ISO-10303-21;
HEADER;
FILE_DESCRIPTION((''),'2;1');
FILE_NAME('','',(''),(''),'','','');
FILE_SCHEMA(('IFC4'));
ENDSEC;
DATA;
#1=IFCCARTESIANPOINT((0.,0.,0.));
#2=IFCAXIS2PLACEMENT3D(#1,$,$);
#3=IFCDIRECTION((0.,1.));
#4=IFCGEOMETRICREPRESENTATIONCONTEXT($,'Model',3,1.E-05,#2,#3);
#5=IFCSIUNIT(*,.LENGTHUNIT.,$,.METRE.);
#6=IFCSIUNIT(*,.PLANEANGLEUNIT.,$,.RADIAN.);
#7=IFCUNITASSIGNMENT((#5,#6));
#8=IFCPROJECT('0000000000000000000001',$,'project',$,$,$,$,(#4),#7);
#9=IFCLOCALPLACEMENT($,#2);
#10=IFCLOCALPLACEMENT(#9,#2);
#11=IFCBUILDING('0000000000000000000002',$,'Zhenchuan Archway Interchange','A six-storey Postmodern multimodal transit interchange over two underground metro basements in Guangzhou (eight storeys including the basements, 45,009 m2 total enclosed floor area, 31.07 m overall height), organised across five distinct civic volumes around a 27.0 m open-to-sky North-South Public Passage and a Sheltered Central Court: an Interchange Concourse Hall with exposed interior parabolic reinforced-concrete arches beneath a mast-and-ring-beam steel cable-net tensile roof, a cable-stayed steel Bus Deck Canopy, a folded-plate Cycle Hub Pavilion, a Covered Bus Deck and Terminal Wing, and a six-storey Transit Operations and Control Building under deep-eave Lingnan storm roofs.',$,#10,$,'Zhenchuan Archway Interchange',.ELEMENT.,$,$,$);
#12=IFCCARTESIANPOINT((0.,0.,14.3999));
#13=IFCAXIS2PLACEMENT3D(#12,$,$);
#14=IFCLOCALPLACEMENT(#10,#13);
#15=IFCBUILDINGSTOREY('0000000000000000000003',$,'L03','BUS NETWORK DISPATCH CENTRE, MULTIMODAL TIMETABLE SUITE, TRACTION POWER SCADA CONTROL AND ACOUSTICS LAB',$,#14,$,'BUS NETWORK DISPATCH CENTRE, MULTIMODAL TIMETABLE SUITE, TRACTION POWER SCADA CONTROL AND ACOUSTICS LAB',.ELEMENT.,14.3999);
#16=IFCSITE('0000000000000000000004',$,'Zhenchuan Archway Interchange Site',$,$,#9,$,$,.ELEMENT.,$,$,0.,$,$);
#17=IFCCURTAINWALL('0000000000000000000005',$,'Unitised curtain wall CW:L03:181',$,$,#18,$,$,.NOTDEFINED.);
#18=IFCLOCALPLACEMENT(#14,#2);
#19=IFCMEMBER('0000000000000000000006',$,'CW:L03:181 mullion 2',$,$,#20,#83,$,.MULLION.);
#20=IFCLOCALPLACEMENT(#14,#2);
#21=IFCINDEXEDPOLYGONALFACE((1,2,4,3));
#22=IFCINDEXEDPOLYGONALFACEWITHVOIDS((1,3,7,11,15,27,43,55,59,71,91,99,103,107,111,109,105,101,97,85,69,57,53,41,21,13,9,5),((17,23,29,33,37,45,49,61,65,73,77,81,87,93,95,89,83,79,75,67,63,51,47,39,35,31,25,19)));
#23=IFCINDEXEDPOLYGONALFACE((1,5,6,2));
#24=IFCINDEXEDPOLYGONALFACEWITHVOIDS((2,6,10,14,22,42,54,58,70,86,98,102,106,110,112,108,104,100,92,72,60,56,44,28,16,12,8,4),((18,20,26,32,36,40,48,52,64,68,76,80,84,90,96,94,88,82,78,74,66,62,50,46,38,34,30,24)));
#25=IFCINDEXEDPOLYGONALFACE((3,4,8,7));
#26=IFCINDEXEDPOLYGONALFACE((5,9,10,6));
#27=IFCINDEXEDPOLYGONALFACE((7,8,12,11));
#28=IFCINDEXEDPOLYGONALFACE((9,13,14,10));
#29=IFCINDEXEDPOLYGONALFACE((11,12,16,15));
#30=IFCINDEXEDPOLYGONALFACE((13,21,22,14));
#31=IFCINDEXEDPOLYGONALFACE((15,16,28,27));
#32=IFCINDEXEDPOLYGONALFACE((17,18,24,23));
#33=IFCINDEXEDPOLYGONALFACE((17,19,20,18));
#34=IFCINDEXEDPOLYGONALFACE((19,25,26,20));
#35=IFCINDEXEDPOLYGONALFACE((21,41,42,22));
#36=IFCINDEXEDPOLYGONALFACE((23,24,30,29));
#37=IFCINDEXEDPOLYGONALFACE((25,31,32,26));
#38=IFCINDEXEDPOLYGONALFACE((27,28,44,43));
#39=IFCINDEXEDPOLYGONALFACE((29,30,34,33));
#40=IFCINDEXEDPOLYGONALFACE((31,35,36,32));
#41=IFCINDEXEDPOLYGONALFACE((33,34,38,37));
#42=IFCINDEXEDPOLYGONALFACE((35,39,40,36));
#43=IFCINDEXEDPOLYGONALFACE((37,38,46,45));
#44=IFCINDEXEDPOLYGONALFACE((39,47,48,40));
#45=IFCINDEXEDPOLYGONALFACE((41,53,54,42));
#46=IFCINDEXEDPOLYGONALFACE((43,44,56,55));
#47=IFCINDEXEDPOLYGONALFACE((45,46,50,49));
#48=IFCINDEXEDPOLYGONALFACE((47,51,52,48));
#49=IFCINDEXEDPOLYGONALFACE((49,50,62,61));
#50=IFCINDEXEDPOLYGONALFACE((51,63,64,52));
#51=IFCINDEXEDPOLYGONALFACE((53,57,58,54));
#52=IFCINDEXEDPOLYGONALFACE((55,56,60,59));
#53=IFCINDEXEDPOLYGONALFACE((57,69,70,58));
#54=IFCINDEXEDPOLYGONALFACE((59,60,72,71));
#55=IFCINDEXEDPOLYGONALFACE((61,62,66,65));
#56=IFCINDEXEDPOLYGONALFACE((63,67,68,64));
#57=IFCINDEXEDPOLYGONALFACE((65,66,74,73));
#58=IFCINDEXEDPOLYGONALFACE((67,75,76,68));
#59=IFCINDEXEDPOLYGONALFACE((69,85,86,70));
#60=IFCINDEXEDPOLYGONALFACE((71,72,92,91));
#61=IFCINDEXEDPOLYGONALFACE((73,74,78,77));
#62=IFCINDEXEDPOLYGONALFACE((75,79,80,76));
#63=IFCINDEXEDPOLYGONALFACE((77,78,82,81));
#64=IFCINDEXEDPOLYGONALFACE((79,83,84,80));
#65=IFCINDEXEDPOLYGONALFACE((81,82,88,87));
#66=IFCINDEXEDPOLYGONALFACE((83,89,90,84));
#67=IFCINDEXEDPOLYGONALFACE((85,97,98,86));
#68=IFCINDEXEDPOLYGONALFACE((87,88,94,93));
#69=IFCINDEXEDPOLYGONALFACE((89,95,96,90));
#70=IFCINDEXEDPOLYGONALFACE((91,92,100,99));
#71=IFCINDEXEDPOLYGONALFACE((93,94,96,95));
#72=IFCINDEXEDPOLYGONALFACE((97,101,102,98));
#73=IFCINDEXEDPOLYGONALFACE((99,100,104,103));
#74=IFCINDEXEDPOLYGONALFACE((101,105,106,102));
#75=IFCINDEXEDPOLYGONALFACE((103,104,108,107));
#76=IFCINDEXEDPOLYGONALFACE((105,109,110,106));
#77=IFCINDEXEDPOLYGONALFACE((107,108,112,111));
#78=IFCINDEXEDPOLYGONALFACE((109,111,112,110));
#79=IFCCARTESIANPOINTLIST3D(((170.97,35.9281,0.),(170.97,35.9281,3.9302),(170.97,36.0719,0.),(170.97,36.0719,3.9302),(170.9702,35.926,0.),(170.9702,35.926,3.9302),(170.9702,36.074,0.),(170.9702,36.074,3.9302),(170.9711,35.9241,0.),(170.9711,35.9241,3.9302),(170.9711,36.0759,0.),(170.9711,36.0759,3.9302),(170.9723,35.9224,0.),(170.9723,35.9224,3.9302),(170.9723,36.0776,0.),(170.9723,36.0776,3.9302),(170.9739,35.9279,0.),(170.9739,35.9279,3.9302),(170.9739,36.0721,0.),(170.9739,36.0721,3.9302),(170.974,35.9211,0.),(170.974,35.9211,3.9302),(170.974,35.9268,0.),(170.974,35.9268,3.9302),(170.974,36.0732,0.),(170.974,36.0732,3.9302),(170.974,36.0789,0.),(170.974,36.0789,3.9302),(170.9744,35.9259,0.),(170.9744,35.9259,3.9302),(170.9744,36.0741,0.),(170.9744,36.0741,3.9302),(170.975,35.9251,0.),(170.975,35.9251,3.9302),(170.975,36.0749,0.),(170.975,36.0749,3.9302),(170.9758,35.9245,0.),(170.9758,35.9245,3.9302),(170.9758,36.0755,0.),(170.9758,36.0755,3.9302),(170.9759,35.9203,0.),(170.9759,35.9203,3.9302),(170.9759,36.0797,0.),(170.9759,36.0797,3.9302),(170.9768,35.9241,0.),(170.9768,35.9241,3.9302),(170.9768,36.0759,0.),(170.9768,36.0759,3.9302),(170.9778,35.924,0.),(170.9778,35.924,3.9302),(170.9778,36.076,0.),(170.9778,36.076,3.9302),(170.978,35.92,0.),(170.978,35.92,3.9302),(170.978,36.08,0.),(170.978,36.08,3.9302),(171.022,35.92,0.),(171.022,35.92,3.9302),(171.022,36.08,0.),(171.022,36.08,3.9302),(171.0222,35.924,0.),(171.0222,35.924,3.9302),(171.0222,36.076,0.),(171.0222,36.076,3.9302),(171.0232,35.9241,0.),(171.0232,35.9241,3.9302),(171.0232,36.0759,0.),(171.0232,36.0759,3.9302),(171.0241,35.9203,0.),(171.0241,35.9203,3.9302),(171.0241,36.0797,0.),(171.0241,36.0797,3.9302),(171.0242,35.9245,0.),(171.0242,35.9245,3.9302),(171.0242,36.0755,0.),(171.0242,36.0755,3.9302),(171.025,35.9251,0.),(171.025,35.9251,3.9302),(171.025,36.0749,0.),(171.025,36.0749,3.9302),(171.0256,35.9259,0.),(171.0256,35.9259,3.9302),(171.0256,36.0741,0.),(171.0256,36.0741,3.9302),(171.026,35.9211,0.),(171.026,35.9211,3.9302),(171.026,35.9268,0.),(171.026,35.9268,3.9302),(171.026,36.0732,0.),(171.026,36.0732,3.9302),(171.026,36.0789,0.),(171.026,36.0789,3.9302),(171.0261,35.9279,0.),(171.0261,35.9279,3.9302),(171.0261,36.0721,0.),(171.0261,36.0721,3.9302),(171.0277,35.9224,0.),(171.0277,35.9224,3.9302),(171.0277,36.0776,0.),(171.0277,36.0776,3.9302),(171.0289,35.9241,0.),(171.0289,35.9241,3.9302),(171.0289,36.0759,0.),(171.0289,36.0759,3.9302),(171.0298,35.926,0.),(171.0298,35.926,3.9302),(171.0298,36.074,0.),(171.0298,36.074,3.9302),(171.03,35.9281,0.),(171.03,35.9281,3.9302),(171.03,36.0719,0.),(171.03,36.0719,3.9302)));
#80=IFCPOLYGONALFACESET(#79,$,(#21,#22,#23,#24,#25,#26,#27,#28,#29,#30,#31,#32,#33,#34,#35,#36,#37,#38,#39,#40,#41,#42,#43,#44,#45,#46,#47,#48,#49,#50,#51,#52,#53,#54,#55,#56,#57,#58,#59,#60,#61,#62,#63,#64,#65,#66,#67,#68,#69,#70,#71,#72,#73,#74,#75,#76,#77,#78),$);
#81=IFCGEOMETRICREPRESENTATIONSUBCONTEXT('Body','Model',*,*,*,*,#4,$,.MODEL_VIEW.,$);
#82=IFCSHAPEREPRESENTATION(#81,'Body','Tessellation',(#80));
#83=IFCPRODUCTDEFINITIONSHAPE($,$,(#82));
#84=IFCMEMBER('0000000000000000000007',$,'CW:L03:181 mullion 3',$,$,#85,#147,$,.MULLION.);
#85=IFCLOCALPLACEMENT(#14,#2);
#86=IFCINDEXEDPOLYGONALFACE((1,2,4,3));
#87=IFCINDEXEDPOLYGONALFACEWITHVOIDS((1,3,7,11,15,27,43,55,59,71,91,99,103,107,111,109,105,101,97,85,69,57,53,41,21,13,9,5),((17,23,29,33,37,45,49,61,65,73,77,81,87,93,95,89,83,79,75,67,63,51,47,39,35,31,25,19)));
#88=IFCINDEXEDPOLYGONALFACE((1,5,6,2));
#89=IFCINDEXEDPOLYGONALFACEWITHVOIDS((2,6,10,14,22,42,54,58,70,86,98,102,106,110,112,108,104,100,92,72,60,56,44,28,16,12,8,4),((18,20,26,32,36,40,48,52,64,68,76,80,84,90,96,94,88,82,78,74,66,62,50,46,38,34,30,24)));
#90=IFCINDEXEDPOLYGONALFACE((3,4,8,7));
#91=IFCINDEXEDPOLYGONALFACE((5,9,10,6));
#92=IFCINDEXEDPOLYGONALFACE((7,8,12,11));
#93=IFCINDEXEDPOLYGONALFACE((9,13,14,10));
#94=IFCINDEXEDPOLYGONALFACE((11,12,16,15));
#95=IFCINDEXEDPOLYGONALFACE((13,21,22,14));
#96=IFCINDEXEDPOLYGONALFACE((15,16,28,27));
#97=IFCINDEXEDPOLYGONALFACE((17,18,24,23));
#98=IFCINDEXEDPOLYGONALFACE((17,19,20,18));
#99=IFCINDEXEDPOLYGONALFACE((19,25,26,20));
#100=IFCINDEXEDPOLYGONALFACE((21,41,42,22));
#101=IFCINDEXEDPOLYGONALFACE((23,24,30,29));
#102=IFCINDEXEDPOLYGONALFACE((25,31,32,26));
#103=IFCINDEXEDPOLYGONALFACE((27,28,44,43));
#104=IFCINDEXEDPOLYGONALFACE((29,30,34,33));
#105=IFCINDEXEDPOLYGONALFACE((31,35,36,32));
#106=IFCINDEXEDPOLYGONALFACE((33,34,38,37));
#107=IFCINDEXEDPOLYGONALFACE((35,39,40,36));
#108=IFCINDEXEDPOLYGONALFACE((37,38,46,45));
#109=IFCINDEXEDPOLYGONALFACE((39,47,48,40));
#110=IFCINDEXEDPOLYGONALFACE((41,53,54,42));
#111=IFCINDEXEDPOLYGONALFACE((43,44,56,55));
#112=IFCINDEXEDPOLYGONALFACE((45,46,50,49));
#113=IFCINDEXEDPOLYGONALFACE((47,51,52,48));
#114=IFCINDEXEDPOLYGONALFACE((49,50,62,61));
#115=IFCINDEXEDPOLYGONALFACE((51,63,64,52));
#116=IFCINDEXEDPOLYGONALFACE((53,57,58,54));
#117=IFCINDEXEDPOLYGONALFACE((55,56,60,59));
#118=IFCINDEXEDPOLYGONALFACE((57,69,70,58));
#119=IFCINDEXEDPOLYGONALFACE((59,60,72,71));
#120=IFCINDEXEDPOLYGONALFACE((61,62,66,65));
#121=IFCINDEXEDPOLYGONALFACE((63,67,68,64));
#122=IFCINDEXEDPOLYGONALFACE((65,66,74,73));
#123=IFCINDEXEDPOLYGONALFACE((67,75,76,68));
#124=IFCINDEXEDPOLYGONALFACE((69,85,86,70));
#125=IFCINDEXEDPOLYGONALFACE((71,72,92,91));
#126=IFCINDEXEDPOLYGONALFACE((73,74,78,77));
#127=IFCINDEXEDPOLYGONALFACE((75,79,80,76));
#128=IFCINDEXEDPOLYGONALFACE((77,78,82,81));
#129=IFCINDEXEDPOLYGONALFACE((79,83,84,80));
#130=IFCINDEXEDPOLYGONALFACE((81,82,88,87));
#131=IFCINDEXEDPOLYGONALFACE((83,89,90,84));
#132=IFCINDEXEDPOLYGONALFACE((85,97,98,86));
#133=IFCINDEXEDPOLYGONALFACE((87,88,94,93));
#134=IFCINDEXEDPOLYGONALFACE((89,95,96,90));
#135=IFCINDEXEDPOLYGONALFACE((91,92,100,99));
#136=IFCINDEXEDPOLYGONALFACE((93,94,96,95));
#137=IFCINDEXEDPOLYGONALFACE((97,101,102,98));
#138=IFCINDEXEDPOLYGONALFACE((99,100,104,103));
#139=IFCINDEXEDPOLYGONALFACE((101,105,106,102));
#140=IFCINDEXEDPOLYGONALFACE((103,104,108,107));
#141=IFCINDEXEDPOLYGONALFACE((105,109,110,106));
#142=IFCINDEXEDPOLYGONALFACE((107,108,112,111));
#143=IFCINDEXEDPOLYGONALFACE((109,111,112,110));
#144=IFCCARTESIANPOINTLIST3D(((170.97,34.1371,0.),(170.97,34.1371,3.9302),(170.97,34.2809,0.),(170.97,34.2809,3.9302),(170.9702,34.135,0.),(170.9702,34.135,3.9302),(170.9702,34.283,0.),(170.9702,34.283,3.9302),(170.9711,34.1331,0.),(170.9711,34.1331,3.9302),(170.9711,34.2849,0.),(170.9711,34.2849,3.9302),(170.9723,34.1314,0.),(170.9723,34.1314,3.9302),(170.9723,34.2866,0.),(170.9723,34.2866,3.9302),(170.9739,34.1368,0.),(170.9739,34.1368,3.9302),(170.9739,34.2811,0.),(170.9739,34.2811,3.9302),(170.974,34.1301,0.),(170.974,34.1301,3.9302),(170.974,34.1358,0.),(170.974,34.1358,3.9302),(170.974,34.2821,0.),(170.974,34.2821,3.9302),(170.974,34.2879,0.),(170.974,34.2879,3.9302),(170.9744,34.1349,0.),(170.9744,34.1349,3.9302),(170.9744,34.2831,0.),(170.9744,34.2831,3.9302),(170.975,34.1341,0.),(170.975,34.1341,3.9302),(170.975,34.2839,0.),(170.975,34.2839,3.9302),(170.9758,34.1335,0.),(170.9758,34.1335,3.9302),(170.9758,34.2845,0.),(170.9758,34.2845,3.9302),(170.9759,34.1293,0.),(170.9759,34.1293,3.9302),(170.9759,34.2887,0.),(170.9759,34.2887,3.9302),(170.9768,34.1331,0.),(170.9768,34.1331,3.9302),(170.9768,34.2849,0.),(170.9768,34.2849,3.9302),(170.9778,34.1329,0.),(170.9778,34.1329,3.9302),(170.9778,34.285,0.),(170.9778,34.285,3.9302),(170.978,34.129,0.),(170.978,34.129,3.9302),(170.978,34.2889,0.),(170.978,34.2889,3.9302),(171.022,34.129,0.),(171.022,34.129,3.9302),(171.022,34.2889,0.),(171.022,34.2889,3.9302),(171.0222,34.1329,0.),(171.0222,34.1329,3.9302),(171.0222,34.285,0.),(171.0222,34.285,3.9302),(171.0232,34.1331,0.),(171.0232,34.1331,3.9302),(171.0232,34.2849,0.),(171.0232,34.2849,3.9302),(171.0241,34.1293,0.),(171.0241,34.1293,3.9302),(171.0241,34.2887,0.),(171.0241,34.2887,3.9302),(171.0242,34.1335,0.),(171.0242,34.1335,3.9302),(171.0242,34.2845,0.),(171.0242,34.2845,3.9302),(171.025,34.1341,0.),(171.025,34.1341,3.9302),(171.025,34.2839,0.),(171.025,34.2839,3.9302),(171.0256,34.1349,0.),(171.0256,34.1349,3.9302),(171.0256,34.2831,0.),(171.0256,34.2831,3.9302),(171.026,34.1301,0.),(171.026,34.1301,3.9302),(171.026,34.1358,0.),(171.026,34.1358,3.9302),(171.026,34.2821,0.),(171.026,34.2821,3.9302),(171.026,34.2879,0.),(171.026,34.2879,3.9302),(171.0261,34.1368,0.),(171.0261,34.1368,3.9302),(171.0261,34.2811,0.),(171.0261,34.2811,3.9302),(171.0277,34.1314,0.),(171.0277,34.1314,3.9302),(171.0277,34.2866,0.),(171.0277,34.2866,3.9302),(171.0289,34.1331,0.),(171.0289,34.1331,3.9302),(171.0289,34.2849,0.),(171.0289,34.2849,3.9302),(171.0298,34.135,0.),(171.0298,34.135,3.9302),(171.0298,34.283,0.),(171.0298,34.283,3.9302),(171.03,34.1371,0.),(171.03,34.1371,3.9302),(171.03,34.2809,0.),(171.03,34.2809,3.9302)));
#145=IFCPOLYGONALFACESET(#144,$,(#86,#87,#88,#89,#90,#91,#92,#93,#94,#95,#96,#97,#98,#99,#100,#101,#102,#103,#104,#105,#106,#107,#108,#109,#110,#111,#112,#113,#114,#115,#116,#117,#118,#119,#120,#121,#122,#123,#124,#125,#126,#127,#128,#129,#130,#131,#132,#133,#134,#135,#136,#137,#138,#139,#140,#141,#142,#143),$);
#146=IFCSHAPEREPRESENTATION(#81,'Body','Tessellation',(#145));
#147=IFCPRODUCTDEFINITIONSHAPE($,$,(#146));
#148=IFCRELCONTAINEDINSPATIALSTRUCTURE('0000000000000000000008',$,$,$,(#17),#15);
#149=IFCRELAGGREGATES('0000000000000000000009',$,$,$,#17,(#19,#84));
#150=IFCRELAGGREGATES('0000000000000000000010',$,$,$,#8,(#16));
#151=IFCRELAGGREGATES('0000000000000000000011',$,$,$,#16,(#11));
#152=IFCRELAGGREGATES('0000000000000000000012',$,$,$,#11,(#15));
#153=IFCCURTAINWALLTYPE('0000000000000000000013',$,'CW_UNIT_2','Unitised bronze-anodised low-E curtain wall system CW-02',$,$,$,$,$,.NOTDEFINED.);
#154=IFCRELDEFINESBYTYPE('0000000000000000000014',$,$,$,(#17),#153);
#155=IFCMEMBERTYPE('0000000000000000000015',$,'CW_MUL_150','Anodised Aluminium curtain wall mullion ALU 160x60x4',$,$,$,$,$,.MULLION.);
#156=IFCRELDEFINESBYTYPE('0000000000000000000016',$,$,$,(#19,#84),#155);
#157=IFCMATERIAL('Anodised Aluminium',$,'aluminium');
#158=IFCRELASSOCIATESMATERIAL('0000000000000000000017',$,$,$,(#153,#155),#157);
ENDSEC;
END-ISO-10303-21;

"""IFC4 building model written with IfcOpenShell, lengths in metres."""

from ifc_helpers import new_model, si_unit, direction, frame, origin, origin_2d, place, context, subcontext, project, spatial, hollow_rectangle, extrude, material, material_profile, profile_set, type_object, element, aggregate, save


model = new_model("IFC4")

# Units and contexts
model_context = context("Model", 3, precision=1e-05, world=origin(), true_north=direction((0.0, 1.0)))
body_context = subcontext(model_context, "Body", "Model", "MODEL_VIEW")
ifc_project = project(units=[si_unit("LENGTHUNIT", "METRE"), si_unit("PLANEANGLEUNIT", "RADIAN")], contexts=[model_context])

# Site, building, storey
site_placement = place(None, origin())
site = spatial("IfcSite", under=ifc_project, at=site_placement, Name="Zhenchuan Archway Interchange Site", CompositionType="ELEMENT", RefElevation=0.0)
building_placement = place(site_placement, origin())
building = spatial("IfcBuilding", under=site, at=building_placement, Name="Zhenchuan Archway Interchange", Description="A six-storey Postmodern multimodal transit interchange over two underground metro basements in Guangzhou (eight storeys including the basements, 45,009 m2 total enclosed floor area, 31.07 m overall height), organised across five distinct civic volumes around a 27.0 m open-to-sky North-South Public Passage and a Sheltered Central Court: an Interchange Concourse Hall with exposed interior parabolic reinforced-concrete arches beneath a mast-and-ring-beam steel cable-net tensile roof, a cable-stayed steel Bus Deck Canopy, a folded-plate Cycle Hub Pavilion, a Covered Bus Deck and Terminal Wing, and a six-storey Transit Operations and Control Building under deep-eave Lingnan storm roofs.", LongName="Zhenchuan Archway Interchange", CompositionType="ELEMENT")
storey_placement = place(building_placement, frame((0.0, 0.0, 14.3999)))
storey = spatial("IfcBuildingStorey", under=building, at=storey_placement, Name="L03", Description="BUS NETWORK DISPATCH CENTRE, MULTIMODAL TIMETABLE SUITE, TRACTION POWER SCADA CONTROL AND ACOUSTICS LAB", LongName="BUS NETWORK DISPATCH CENTRE, MULTIMODAL TIMETABLE SUITE, TRACTION POWER SCADA CONTROL AND ACOUSTICS LAB", CompositionType="ELEMENT", Elevation=14.3999)

# Curtain wall, members
ifc_material_1 = material(Name="Anodised Aluminium", Category="aluminium")
curtain_wall_type_1 = type_object("IfcCurtainWallType", Name="CW_UNIT_2", Description="Unitised bronze-anodised low-E curtain wall system CW-02", PredefinedType="NOTDEFINED", material=ifc_material_1)
curtain_wall_1_placement = place(storey_placement, origin())
curtain_wall_1 = element("IfcCurtainWall", 1, at=curtain_wall_1_placement, inside=storey, type_object=curtain_wall_type_1, Name="Unitised curtain wall CW:L03:181", PredefinedType="NOTDEFINED")
ifc_material_profile_1 = material_profile(ifc_material_1, hollow_rectangle(XDim=0.0601, YDim=0.1599, WallThickness=0.0039, InnerFilletRadius=0.0039, OuterFilletRadius=0.0081, at=origin_2d()), Name="ALU 160x60x4")
ifc_profile_set_1 = profile_set([ifc_material_profile_1], Name="Anodised Aluminium")
member_type_1 = type_object("IfcMemberType", Name="CW_MUL_150", Description="Anodised Aluminium curtain wall mullion ALU 160x60x4", PredefinedType="MULLION", material=ifc_profile_set_1)
member_1_placement = place(storey_placement, frame((171.0, 36.0, 0.0), z_axis=(0.0, 0.0, 1.0), x_axis=(1.0, 0.0, 0.0)))
member_1 = element("IfcMember", 2, at=member_1_placement, type_object=member_type_1, Name="CW:L03:181 mullion 2", PredefinedType="MULLION", context=body_context, shape_type="SweptSolid", body=[
    extrude(hollow_rectangle(XDim=0.0601, YDim=0.1599, WallThickness=0.0039, InnerFilletRadius=0.0039, OuterFilletRadius=0.0081, at=origin_2d()), origin(), (0.0, 0.0, 1.0), 3.9302),
])
member_2_placement = place(storey_placement, frame((171.0, 34.209, 0.0), z_axis=(0.0, 0.0, 1.0), x_axis=(1.0, 0.0, 0.0)))
member_2 = element("IfcMember", 3, at=member_2_placement, type_object=member_type_1, Name="CW:L03:181 mullion 3", PredefinedType="MULLION", context=body_context, shape_type="SweptSolid", body=[
    extrude(hollow_rectangle(XDim=0.0601, YDim=0.1599, WallThickness=0.0039, InnerFilletRadius=0.0039, OuterFilletRadius=0.0081, at=origin_2d()), origin(), (0.0, 0.0, 1.0), 3.9302),
])

aggregate(curtain_wall_1, [member_1, member_2])

save(model, "model.ifc")
